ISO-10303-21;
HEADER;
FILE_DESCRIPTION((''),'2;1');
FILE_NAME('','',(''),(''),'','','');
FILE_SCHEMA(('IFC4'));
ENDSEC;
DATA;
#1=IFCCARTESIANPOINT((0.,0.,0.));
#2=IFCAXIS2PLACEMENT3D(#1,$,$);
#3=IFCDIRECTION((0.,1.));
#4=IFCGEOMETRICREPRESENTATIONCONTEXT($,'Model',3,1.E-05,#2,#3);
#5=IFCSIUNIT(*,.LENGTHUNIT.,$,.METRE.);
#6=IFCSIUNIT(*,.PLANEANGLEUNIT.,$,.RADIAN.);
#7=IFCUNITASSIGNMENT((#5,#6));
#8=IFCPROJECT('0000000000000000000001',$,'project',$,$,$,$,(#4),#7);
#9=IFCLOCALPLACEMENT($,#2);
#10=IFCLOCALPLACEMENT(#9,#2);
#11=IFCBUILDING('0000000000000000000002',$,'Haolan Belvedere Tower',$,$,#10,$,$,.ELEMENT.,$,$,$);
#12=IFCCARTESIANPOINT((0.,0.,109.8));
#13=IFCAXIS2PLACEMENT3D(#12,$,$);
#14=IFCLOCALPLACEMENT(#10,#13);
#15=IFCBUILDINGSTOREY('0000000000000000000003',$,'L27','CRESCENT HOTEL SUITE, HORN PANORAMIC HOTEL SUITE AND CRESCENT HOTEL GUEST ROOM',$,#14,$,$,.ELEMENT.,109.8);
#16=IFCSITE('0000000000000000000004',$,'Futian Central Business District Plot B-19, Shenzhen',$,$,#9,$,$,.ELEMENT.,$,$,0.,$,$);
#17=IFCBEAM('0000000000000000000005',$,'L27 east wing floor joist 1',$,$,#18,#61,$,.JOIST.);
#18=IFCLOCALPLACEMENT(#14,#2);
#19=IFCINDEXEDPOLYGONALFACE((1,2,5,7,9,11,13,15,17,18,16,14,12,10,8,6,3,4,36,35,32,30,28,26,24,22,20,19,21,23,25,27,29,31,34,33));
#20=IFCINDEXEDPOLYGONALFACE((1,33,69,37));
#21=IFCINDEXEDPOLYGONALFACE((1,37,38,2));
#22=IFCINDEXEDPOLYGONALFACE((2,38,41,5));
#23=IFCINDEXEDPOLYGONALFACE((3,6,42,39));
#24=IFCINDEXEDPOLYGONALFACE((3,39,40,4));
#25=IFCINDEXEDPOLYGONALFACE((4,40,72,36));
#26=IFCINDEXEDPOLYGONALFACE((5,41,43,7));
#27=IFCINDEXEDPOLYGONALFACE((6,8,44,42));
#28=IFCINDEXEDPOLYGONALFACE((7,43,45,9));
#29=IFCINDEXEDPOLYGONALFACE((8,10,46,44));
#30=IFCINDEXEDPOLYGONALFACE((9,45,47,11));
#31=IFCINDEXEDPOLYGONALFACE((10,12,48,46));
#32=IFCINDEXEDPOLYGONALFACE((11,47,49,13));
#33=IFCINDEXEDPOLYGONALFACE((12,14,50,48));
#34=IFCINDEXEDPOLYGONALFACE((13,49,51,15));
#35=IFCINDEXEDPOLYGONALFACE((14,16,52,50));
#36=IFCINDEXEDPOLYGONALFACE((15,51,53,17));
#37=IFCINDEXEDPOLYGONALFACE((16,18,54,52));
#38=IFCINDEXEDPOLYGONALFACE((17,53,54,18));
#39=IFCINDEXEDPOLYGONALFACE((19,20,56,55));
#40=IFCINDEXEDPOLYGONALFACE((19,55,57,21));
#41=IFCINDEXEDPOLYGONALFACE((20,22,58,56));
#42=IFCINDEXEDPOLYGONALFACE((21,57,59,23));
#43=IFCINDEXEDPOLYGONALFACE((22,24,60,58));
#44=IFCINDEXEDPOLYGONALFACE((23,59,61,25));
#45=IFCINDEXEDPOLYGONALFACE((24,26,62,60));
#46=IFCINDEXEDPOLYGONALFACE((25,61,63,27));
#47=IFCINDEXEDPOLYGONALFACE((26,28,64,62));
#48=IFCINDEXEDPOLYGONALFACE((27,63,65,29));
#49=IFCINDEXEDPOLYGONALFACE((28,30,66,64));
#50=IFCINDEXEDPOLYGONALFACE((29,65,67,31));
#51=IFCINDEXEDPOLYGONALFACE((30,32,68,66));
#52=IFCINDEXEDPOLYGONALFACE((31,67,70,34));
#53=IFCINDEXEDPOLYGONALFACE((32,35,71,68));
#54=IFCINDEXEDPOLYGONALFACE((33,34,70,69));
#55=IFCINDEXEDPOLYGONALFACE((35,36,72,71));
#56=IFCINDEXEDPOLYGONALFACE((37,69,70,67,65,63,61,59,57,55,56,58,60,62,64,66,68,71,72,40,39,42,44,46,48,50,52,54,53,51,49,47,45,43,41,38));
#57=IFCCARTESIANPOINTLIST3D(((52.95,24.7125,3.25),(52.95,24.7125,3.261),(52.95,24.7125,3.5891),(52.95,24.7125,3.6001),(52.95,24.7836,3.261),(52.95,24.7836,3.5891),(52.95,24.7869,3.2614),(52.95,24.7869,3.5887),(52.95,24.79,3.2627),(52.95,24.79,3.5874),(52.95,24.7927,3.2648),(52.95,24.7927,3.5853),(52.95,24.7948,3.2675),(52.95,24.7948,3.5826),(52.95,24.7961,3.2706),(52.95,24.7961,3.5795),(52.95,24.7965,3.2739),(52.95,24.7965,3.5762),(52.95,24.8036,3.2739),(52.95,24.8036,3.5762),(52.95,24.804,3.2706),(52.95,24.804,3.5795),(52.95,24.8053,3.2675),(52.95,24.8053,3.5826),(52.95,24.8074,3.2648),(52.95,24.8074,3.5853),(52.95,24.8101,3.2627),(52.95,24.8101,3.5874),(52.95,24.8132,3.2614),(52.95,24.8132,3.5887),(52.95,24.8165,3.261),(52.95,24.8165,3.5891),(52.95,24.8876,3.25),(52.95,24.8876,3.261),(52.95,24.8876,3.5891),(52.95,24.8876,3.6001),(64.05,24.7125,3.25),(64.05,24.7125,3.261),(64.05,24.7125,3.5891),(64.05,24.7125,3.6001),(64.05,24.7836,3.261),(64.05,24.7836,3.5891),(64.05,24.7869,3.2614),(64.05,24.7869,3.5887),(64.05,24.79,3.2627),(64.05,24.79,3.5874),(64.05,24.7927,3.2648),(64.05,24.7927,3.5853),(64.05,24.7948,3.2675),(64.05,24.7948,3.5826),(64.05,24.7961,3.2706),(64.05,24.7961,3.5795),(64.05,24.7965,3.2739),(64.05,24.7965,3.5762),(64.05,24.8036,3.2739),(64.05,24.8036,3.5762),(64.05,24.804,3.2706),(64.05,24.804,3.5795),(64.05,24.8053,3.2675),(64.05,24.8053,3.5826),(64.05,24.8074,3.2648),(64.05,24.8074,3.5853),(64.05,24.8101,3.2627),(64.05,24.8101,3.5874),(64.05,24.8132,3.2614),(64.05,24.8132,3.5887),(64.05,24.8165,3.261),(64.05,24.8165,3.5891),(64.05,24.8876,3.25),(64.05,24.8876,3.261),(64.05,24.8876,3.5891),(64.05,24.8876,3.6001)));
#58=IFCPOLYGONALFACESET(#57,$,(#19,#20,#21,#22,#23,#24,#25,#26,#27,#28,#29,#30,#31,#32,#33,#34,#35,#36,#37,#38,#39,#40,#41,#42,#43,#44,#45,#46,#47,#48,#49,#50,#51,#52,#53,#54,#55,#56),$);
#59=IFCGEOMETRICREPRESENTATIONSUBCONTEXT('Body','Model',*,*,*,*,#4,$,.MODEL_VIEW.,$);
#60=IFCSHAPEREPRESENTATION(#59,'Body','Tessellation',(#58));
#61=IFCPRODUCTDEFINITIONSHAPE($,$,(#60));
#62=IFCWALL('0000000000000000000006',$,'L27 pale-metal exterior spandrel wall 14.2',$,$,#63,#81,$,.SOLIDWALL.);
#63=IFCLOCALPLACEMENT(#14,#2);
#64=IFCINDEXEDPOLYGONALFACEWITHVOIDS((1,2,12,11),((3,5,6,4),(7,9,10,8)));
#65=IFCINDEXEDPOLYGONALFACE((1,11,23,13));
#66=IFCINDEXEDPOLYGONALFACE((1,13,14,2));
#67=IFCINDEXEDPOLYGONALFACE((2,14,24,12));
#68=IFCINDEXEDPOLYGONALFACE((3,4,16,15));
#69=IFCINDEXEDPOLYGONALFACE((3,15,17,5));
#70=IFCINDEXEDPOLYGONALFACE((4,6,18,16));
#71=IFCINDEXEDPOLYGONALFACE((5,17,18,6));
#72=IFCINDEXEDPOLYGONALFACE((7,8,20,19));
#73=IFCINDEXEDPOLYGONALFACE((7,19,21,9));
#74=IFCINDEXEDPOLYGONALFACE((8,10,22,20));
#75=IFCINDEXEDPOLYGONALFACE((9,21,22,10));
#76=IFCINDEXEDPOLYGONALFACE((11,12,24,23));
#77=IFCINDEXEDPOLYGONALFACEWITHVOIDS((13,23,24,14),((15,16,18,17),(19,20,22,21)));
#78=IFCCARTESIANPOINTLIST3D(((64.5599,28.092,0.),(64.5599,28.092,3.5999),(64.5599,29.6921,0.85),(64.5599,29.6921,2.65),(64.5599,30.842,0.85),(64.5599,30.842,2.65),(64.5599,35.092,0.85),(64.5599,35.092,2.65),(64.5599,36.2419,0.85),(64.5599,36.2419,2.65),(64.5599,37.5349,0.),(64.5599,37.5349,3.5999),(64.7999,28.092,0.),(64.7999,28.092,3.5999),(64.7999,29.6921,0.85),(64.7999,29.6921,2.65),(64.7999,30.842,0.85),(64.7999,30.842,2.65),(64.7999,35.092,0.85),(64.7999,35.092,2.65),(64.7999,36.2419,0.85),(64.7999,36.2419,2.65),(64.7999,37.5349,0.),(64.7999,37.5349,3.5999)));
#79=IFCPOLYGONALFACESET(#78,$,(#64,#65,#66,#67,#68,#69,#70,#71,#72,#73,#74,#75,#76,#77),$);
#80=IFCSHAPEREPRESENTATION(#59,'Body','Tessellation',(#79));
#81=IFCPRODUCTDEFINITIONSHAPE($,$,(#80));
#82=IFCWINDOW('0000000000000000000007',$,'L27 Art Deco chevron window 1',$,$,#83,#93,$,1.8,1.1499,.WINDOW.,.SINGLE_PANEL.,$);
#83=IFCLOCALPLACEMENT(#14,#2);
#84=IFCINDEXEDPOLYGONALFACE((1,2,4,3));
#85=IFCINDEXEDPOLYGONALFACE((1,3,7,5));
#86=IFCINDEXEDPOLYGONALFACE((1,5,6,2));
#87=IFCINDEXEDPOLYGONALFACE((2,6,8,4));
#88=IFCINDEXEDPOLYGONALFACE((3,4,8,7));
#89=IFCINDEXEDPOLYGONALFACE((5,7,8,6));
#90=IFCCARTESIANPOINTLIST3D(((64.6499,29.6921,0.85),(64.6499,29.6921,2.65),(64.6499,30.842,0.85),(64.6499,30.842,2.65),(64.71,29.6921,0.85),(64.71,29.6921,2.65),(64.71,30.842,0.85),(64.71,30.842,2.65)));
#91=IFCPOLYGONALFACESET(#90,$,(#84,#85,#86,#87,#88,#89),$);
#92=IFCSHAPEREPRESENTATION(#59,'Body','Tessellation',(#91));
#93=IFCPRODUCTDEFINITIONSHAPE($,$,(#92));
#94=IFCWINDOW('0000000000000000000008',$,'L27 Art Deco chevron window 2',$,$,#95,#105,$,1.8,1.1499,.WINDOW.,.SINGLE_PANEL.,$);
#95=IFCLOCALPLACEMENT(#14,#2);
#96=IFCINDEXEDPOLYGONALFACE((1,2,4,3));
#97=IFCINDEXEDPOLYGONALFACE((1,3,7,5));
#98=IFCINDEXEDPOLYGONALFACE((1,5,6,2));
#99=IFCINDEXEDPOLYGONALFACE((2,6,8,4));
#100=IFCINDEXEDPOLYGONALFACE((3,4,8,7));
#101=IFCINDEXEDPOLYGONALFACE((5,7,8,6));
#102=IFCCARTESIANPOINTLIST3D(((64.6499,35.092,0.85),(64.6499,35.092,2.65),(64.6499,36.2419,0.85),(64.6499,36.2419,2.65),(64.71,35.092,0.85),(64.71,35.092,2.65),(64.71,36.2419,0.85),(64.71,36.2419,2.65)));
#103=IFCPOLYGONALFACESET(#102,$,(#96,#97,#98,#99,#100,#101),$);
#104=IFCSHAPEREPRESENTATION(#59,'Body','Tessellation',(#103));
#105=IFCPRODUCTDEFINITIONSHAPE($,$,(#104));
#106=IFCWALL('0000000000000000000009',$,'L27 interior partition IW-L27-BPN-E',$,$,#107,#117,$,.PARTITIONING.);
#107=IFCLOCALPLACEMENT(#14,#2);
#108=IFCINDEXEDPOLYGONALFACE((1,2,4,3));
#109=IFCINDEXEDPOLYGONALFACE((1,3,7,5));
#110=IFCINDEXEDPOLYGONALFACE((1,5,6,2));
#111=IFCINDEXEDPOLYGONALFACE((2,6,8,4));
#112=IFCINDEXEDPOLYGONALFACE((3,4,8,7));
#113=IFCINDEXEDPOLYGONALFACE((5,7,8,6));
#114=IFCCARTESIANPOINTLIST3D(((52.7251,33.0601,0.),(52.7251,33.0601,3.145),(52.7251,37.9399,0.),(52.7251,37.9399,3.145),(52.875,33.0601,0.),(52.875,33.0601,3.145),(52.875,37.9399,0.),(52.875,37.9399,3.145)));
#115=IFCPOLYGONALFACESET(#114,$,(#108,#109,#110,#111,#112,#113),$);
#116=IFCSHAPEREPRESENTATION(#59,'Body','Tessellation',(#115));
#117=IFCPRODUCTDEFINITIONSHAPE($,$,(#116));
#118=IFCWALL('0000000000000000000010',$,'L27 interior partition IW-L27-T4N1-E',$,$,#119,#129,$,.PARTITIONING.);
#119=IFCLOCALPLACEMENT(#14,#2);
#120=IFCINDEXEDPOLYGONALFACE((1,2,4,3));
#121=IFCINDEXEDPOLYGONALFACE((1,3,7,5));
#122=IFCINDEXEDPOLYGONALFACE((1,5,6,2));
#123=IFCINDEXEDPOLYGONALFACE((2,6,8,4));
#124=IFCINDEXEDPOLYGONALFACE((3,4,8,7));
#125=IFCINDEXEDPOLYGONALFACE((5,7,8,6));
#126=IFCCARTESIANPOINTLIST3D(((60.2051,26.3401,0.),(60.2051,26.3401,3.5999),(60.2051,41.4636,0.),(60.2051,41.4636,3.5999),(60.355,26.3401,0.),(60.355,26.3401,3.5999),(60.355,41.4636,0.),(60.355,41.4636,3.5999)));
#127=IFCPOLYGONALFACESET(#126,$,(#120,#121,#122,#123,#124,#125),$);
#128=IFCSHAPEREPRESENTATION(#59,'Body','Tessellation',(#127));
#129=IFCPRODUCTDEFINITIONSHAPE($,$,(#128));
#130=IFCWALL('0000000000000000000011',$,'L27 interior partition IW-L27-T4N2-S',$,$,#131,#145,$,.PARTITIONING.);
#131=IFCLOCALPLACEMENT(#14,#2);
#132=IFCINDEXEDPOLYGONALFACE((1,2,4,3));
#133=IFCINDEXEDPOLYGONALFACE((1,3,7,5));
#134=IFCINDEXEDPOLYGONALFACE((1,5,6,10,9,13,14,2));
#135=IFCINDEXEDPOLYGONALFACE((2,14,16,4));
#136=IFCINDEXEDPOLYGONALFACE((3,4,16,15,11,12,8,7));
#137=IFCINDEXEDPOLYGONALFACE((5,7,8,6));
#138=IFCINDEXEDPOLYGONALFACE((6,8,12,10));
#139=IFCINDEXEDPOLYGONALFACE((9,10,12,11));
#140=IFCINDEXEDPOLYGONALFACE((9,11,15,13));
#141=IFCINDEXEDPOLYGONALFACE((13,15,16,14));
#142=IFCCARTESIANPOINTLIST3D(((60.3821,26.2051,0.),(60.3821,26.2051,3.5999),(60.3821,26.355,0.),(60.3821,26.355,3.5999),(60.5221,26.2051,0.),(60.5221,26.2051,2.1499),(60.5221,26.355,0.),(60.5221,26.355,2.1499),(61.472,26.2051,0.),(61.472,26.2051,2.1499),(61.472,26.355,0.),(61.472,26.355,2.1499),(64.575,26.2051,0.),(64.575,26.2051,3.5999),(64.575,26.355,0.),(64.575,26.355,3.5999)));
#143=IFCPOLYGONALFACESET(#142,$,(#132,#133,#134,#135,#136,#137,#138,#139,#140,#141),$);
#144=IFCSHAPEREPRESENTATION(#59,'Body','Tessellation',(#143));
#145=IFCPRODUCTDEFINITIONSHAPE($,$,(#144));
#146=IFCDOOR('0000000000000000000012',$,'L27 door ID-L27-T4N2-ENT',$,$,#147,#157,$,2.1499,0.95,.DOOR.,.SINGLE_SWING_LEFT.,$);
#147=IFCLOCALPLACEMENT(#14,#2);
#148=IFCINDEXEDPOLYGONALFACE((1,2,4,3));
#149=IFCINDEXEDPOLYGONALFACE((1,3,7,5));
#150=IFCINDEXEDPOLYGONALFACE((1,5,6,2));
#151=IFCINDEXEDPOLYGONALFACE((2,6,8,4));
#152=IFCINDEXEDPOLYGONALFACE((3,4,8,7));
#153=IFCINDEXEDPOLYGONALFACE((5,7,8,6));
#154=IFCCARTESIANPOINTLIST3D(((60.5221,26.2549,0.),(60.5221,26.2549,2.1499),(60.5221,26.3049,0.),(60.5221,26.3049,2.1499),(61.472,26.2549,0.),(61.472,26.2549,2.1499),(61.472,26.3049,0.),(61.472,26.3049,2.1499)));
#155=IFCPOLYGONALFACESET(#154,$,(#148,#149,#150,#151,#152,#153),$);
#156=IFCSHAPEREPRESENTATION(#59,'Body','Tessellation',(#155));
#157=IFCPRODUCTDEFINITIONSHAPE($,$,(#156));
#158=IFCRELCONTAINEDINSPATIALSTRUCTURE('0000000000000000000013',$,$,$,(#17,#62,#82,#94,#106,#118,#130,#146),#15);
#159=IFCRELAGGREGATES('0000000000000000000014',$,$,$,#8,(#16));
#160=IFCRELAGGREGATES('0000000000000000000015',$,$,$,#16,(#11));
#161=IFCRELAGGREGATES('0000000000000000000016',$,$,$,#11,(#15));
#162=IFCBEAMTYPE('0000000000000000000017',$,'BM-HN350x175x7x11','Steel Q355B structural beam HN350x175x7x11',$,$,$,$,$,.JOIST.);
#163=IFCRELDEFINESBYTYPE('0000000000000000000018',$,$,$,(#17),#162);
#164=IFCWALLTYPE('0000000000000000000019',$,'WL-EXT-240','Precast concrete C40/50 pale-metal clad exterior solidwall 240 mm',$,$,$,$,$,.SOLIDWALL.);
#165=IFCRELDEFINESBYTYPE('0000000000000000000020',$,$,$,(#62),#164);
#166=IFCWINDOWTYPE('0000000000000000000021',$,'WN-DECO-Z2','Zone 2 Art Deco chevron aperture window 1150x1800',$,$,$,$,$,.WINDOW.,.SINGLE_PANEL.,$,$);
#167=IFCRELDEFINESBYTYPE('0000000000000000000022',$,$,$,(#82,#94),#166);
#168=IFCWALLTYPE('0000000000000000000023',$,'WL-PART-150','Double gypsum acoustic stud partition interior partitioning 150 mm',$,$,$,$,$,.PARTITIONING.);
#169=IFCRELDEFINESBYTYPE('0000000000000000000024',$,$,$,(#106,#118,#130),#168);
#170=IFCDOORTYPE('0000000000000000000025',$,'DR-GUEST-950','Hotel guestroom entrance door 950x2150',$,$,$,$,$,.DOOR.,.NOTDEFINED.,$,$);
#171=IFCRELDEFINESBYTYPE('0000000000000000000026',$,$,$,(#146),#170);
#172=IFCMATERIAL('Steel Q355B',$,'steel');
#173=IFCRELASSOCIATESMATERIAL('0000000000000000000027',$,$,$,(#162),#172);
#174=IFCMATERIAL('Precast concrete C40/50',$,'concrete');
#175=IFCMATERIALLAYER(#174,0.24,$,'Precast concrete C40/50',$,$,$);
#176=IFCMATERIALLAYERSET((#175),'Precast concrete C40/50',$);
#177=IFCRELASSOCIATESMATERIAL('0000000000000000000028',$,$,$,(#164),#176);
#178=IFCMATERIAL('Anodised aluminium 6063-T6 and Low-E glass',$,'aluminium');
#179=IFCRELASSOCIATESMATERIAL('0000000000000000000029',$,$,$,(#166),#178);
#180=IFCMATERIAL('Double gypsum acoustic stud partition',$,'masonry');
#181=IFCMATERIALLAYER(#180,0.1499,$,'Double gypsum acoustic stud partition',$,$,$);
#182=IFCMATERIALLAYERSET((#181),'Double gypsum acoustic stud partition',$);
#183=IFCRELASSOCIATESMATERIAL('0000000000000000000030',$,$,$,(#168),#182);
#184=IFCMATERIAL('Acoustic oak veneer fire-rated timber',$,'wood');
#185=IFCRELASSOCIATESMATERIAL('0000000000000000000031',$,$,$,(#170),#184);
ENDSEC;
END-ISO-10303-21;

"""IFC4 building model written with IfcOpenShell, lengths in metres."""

from ifc_helpers import new_model, si_unit, direction, frame, frame_2d, origin, origin_2d, place, context, subcontext, project, spatial, rectangle, i_section, extrude, material, layer, layer_set, material_profile, profile_set, type_object, element, fill, save


model = new_model("IFC4")

# Units and contexts
model_context = context("Model", 3, precision=1e-05, world=origin(), true_north=direction((0.0, 1.0)))
body_context = subcontext(model_context, "Body", "Model", "MODEL_VIEW")
ifc_project = project(units=[si_unit("LENGTHUNIT", "METRE"), si_unit("PLANEANGLEUNIT", "RADIAN")], contexts=[model_context])

# Site, building, storey
site_placement = place(None, origin())
site = spatial("IfcSite", under=ifc_project, at=site_placement, Name="Futian Central Business District Plot B-19, Shenzhen", CompositionType="ELEMENT", RefElevation=0.0)
building_placement = place(site_placement, origin())
building = spatial("IfcBuilding", under=site, at=building_placement, Name="Haolan Belvedere Tower", CompositionType="ELEMENT")
storey_placement = place(building_placement, frame((0.0, 0.0, 109.8)))
storey = spatial("IfcBuildingStorey", under=building, at=storey_placement, Name="L27", Description="CRESCENT HOTEL SUITE, HORN PANORAMIC HOTEL SUITE AND CRESCENT HOTEL GUEST ROOM", CompositionType="ELEMENT", Elevation=109.8)

# Beam
ifc_material_1 = material(Name="Steel Q355B", Category="steel")
ifc_material_profile_1 = material_profile(ifc_material_1, i_section(OverallWidth=0.175, OverallDepth=0.3501, WebThickness=0.0071, FlangeThickness=0.011, FilletRadius=0.0129, at=origin_2d()), Name="Steel Q355B")
ifc_profile_set_1 = profile_set([ifc_material_profile_1], Name="Steel Q355B")
beam_type_1 = type_object("IfcBeamType", Name="BM-HN350x175x7x11", Description="Steel Q355B structural beam HN350x175x7x11", PredefinedType="JOIST", material=ifc_profile_set_1)
beam_1_placement = place(storey_placement, frame((52.95, 24.8, 3.425), z_axis=(1.0, 0.0, 0.0), x_axis=(0.0, 1.0, 0.0)))
element("IfcBeam", 1, at=beam_1_placement, inside=storey, type_object=beam_type_1, Name="L27 east wing floor joist 1", PredefinedType="JOIST", context=body_context, shape_type="SweptSolid", body=[
    extrude(i_section(OverallWidth=0.175, OverallDepth=0.3501, WebThickness=0.0071, FlangeThickness=0.011, FilletRadius=0.0129, at=origin_2d()), origin(), (0.0, 0.0, 1.0), 11.1001),
])

# Wall, openings, windows
ifc_material_2 = material(Name="Precast concrete C40/50", Category="concrete")
ifc_layer_1 = layer(ifc_material_2, 0.24, Name="Precast concrete C40/50")
ifc_layer_set_1 = layer_set([ifc_layer_1], Name="Precast concrete C40/50")
wall_type_1 = type_object("IfcWallType", Name="WL-EXT-240", Description="Precast concrete C40/50 pale-metal clad exterior solidwall 240 mm", PredefinedType="SOLIDWALL", material=ifc_layer_set_1)
wall_1_placement = place(storey_placement, frame((64.6799, 28.092, 0.0), z_axis=(0.0, 0.0, 1.0), x_axis=(0.0, 1.0, 0.0)))
wall_1 = element("IfcWall", 2, at=wall_1_placement, inside=storey, type_object=wall_type_1, Name="L27 pale-metal exterior spandrel wall 14.2", PredefinedType="SOLIDWALL", context=body_context, shape_type="SweptSolid", body=[
    extrude(rectangle(XDim=9.4429, YDim=0.24, at=frame_2d((4.7214, 0.0))), origin(), (0.0, 0.0, 1.0), 3.5999),
])
opening_1_placement = place(wall_1_placement, frame((1.6001, 0.0, 0.8501)))
opening_1 = element("IfcOpeningElement", 3, at=opening_1_placement, cuts=wall_1, PredefinedType="OPENING", context=body_context, shape_type="SweptSolid", body=[
    extrude(rectangle(XDim=1.1499, YDim=1.8, at=frame_2d((0.575, 0.8999))), frame((0.0, 0.1299, 0.0), z_axis=(0.0, -1.0, 0.0), x_axis=(1.0, 0.0, 0.0)), (0.0, 0.0, 1.0), 0.26),
])
opening_2_placement = place(wall_1_placement, frame((7.0, 0.0, 0.8501)))
opening_2 = element("IfcOpeningElement", 4, at=opening_2_placement, cuts=wall_1, PredefinedType="OPENING", context=body_context, shape_type="SweptSolid", body=[
    extrude(rectangle(XDim=1.1499, YDim=1.8, at=frame_2d((0.575, 0.8999))), frame((0.0, 0.1299, 0.0), z_axis=(0.0, -1.0, 0.0), x_axis=(1.0, 0.0, 0.0)), (0.0, 0.0, 1.0), 0.26),
])
ifc_material_3 = material(Name="Anodised aluminium 6063-T6 and Low-E glass", Category="aluminium")
window_type = type_object("IfcWindowType", Name="WN-DECO-Z2", Description="Zone 2 Art Deco chevron aperture window 1150x1800", PartitioningType="SINGLE_PANEL", PredefinedType="WINDOW", material=ifc_material_3)
window_1_placement = place(opening_1_placement, origin())
window_1 = element("IfcWindow", 5, at=window_1_placement, inside=storey, type_object=window_type, Name="L27 Art Deco chevron window 1", OverallHeight=1.8, OverallWidth=1.1499, PartitioningType="SINGLE_PANEL", PredefinedType="WINDOW", context=body_context, shape_type="SweptSolid", body=[
    extrude(rectangle(XDim=1.1499, YDim=1.8, at=frame_2d((0.575, 0.8999))), frame((0.0, 0.03, 0.0), z_axis=(0.0, -1.0, 0.0), x_axis=(1.0, 0.0, 0.0)), (0.0, 0.0, 1.0), 0.0601),
])
fill(opening_1, window_1)
window_2_placement = place(opening_2_placement, origin())
window_2 = element("IfcWindow", 6, at=window_2_placement, inside=storey, type_object=window_type, Name="L27 Art Deco chevron window 2", OverallHeight=1.8, OverallWidth=1.1499, PartitioningType="SINGLE_PANEL", PredefinedType="WINDOW", context=body_context, shape_type="SweptSolid", body=[
    extrude(rectangle(XDim=1.1499, YDim=1.8, at=frame_2d((0.575, 0.8999))), frame((0.0, 0.03, 0.0), z_axis=(0.0, -1.0, 0.0), x_axis=(1.0, 0.0, 0.0)), (0.0, 0.0, 1.0), 0.0601),
])
fill(opening_2, window_2)

# Walls
ifc_material_4 = material(Name="Double gypsum acoustic stud partition", Category="masonry")
ifc_layer_2 = layer(ifc_material_4, 0.1499, Name="Double gypsum acoustic stud partition")
ifc_layer_set_2 = layer_set([ifc_layer_2], Name="Double gypsum acoustic stud partition")
wall_type_2 = type_object("IfcWallType", Name="WL-PART-150", Description="Double gypsum acoustic stud partition interior partitioning 150 mm", PredefinedType="PARTITIONING", material=ifc_layer_set_2)
wall_2_placement = place(storey_placement, frame((52.8, 33.0601, 0.0), z_axis=(0.0, 0.0, 1.0), x_axis=(0.0, 1.0, 0.0)))
element("IfcWall", 7, at=wall_2_placement, inside=storey, type_object=wall_type_2, Name="L27 interior partition IW-L27-BPN-E", PredefinedType="PARTITIONING", context=body_context, shape_type="SweptSolid", body=[
    extrude(rectangle(XDim=4.8799, YDim=0.1499, at=frame_2d((2.4399, 0.0))), origin(), (0.0, 0.0, 1.0), 3.145),
])
wall_3_placement = place(storey_placement, frame((60.28, 26.3401, 0.0), z_axis=(0.0, 0.0, 1.0), x_axis=(0.0, 1.0, 0.0)))
element("IfcWall", 8, at=wall_3_placement, inside=storey, type_object=wall_type_2, Name="L27 interior partition IW-L27-T4N1-E", PredefinedType="PARTITIONING", context=body_context, shape_type="SweptSolid", body=[
    extrude(rectangle(XDim=15.1235, YDim=0.1499, at=frame_2d((7.5618, 0.0))), origin(), (0.0, 0.0, 1.0), 3.5999),
])

# Wall, opening, door
wall_4_placement = place(storey_placement, frame((60.3821, 26.28, 0.0), z_axis=(0.0, 0.0, 1.0), x_axis=(1.0, 0.0, 0.0)))
wall_4 = element("IfcWall", 9, at=wall_4_placement, inside=storey, type_object=wall_type_2, Name="L27 interior partition IW-L27-T4N2-S", PredefinedType="PARTITIONING", context=body_context, shape_type="SweptSolid", body=[
    extrude(rectangle(XDim=4.1929, YDim=0.1499, at=frame_2d((2.0964, 0.0))), origin(), (0.0, 0.0, 1.0), 3.5999),
])
opening_3_placement = place(wall_4_placement, frame((0.1399, 0.0, 0.0)))
opening_3 = element("IfcOpeningElement", 10, at=opening_3_placement, cuts=wall_4, PredefinedType="OPENING", context=body_context, shape_type="SweptSolid", body=[
    extrude(rectangle(XDim=0.95, YDim=2.1499, at=frame_2d((0.4751, 1.075))), frame((0.0, 0.085, 0.0), z_axis=(0.0, -1.0, 0.0), x_axis=(1.0, 0.0, 0.0)), (0.0, 0.0, 1.0), 0.1699),
])
ifc_material_5 = material(Name="Acoustic oak veneer fire-rated timber", Category="wood")
door_type_1 = type_object("IfcDoorType", Name="DR-GUEST-950", Description="Hotel guestroom entrance door 950x2150", OperationType="NOTDEFINED", PredefinedType="DOOR", material=ifc_material_5)
door_1_placement = place(opening_3_placement, origin())
door_1 = element("IfcDoor", 11, at=door_1_placement, inside=storey, type_object=door_type_1, Name="L27 door ID-L27-T4N2-ENT", OperationType="SINGLE_SWING_LEFT", OverallHeight=2.1499, OverallWidth=0.95, PredefinedType="DOOR", context=body_context, shape_type="SweptSolid", body=[
    extrude(rectangle(XDim=0.95, YDim=2.1499, at=frame_2d((0.4751, 1.075))), frame((0.0, 0.0249, 0.0), z_axis=(0.0, -1.0, 0.0), x_axis=(1.0, 0.0, 0.0)), (0.0, 0.0, 1.0), 0.05),
])
fill(opening_3, door_1)

save(model, "model.ifc")
